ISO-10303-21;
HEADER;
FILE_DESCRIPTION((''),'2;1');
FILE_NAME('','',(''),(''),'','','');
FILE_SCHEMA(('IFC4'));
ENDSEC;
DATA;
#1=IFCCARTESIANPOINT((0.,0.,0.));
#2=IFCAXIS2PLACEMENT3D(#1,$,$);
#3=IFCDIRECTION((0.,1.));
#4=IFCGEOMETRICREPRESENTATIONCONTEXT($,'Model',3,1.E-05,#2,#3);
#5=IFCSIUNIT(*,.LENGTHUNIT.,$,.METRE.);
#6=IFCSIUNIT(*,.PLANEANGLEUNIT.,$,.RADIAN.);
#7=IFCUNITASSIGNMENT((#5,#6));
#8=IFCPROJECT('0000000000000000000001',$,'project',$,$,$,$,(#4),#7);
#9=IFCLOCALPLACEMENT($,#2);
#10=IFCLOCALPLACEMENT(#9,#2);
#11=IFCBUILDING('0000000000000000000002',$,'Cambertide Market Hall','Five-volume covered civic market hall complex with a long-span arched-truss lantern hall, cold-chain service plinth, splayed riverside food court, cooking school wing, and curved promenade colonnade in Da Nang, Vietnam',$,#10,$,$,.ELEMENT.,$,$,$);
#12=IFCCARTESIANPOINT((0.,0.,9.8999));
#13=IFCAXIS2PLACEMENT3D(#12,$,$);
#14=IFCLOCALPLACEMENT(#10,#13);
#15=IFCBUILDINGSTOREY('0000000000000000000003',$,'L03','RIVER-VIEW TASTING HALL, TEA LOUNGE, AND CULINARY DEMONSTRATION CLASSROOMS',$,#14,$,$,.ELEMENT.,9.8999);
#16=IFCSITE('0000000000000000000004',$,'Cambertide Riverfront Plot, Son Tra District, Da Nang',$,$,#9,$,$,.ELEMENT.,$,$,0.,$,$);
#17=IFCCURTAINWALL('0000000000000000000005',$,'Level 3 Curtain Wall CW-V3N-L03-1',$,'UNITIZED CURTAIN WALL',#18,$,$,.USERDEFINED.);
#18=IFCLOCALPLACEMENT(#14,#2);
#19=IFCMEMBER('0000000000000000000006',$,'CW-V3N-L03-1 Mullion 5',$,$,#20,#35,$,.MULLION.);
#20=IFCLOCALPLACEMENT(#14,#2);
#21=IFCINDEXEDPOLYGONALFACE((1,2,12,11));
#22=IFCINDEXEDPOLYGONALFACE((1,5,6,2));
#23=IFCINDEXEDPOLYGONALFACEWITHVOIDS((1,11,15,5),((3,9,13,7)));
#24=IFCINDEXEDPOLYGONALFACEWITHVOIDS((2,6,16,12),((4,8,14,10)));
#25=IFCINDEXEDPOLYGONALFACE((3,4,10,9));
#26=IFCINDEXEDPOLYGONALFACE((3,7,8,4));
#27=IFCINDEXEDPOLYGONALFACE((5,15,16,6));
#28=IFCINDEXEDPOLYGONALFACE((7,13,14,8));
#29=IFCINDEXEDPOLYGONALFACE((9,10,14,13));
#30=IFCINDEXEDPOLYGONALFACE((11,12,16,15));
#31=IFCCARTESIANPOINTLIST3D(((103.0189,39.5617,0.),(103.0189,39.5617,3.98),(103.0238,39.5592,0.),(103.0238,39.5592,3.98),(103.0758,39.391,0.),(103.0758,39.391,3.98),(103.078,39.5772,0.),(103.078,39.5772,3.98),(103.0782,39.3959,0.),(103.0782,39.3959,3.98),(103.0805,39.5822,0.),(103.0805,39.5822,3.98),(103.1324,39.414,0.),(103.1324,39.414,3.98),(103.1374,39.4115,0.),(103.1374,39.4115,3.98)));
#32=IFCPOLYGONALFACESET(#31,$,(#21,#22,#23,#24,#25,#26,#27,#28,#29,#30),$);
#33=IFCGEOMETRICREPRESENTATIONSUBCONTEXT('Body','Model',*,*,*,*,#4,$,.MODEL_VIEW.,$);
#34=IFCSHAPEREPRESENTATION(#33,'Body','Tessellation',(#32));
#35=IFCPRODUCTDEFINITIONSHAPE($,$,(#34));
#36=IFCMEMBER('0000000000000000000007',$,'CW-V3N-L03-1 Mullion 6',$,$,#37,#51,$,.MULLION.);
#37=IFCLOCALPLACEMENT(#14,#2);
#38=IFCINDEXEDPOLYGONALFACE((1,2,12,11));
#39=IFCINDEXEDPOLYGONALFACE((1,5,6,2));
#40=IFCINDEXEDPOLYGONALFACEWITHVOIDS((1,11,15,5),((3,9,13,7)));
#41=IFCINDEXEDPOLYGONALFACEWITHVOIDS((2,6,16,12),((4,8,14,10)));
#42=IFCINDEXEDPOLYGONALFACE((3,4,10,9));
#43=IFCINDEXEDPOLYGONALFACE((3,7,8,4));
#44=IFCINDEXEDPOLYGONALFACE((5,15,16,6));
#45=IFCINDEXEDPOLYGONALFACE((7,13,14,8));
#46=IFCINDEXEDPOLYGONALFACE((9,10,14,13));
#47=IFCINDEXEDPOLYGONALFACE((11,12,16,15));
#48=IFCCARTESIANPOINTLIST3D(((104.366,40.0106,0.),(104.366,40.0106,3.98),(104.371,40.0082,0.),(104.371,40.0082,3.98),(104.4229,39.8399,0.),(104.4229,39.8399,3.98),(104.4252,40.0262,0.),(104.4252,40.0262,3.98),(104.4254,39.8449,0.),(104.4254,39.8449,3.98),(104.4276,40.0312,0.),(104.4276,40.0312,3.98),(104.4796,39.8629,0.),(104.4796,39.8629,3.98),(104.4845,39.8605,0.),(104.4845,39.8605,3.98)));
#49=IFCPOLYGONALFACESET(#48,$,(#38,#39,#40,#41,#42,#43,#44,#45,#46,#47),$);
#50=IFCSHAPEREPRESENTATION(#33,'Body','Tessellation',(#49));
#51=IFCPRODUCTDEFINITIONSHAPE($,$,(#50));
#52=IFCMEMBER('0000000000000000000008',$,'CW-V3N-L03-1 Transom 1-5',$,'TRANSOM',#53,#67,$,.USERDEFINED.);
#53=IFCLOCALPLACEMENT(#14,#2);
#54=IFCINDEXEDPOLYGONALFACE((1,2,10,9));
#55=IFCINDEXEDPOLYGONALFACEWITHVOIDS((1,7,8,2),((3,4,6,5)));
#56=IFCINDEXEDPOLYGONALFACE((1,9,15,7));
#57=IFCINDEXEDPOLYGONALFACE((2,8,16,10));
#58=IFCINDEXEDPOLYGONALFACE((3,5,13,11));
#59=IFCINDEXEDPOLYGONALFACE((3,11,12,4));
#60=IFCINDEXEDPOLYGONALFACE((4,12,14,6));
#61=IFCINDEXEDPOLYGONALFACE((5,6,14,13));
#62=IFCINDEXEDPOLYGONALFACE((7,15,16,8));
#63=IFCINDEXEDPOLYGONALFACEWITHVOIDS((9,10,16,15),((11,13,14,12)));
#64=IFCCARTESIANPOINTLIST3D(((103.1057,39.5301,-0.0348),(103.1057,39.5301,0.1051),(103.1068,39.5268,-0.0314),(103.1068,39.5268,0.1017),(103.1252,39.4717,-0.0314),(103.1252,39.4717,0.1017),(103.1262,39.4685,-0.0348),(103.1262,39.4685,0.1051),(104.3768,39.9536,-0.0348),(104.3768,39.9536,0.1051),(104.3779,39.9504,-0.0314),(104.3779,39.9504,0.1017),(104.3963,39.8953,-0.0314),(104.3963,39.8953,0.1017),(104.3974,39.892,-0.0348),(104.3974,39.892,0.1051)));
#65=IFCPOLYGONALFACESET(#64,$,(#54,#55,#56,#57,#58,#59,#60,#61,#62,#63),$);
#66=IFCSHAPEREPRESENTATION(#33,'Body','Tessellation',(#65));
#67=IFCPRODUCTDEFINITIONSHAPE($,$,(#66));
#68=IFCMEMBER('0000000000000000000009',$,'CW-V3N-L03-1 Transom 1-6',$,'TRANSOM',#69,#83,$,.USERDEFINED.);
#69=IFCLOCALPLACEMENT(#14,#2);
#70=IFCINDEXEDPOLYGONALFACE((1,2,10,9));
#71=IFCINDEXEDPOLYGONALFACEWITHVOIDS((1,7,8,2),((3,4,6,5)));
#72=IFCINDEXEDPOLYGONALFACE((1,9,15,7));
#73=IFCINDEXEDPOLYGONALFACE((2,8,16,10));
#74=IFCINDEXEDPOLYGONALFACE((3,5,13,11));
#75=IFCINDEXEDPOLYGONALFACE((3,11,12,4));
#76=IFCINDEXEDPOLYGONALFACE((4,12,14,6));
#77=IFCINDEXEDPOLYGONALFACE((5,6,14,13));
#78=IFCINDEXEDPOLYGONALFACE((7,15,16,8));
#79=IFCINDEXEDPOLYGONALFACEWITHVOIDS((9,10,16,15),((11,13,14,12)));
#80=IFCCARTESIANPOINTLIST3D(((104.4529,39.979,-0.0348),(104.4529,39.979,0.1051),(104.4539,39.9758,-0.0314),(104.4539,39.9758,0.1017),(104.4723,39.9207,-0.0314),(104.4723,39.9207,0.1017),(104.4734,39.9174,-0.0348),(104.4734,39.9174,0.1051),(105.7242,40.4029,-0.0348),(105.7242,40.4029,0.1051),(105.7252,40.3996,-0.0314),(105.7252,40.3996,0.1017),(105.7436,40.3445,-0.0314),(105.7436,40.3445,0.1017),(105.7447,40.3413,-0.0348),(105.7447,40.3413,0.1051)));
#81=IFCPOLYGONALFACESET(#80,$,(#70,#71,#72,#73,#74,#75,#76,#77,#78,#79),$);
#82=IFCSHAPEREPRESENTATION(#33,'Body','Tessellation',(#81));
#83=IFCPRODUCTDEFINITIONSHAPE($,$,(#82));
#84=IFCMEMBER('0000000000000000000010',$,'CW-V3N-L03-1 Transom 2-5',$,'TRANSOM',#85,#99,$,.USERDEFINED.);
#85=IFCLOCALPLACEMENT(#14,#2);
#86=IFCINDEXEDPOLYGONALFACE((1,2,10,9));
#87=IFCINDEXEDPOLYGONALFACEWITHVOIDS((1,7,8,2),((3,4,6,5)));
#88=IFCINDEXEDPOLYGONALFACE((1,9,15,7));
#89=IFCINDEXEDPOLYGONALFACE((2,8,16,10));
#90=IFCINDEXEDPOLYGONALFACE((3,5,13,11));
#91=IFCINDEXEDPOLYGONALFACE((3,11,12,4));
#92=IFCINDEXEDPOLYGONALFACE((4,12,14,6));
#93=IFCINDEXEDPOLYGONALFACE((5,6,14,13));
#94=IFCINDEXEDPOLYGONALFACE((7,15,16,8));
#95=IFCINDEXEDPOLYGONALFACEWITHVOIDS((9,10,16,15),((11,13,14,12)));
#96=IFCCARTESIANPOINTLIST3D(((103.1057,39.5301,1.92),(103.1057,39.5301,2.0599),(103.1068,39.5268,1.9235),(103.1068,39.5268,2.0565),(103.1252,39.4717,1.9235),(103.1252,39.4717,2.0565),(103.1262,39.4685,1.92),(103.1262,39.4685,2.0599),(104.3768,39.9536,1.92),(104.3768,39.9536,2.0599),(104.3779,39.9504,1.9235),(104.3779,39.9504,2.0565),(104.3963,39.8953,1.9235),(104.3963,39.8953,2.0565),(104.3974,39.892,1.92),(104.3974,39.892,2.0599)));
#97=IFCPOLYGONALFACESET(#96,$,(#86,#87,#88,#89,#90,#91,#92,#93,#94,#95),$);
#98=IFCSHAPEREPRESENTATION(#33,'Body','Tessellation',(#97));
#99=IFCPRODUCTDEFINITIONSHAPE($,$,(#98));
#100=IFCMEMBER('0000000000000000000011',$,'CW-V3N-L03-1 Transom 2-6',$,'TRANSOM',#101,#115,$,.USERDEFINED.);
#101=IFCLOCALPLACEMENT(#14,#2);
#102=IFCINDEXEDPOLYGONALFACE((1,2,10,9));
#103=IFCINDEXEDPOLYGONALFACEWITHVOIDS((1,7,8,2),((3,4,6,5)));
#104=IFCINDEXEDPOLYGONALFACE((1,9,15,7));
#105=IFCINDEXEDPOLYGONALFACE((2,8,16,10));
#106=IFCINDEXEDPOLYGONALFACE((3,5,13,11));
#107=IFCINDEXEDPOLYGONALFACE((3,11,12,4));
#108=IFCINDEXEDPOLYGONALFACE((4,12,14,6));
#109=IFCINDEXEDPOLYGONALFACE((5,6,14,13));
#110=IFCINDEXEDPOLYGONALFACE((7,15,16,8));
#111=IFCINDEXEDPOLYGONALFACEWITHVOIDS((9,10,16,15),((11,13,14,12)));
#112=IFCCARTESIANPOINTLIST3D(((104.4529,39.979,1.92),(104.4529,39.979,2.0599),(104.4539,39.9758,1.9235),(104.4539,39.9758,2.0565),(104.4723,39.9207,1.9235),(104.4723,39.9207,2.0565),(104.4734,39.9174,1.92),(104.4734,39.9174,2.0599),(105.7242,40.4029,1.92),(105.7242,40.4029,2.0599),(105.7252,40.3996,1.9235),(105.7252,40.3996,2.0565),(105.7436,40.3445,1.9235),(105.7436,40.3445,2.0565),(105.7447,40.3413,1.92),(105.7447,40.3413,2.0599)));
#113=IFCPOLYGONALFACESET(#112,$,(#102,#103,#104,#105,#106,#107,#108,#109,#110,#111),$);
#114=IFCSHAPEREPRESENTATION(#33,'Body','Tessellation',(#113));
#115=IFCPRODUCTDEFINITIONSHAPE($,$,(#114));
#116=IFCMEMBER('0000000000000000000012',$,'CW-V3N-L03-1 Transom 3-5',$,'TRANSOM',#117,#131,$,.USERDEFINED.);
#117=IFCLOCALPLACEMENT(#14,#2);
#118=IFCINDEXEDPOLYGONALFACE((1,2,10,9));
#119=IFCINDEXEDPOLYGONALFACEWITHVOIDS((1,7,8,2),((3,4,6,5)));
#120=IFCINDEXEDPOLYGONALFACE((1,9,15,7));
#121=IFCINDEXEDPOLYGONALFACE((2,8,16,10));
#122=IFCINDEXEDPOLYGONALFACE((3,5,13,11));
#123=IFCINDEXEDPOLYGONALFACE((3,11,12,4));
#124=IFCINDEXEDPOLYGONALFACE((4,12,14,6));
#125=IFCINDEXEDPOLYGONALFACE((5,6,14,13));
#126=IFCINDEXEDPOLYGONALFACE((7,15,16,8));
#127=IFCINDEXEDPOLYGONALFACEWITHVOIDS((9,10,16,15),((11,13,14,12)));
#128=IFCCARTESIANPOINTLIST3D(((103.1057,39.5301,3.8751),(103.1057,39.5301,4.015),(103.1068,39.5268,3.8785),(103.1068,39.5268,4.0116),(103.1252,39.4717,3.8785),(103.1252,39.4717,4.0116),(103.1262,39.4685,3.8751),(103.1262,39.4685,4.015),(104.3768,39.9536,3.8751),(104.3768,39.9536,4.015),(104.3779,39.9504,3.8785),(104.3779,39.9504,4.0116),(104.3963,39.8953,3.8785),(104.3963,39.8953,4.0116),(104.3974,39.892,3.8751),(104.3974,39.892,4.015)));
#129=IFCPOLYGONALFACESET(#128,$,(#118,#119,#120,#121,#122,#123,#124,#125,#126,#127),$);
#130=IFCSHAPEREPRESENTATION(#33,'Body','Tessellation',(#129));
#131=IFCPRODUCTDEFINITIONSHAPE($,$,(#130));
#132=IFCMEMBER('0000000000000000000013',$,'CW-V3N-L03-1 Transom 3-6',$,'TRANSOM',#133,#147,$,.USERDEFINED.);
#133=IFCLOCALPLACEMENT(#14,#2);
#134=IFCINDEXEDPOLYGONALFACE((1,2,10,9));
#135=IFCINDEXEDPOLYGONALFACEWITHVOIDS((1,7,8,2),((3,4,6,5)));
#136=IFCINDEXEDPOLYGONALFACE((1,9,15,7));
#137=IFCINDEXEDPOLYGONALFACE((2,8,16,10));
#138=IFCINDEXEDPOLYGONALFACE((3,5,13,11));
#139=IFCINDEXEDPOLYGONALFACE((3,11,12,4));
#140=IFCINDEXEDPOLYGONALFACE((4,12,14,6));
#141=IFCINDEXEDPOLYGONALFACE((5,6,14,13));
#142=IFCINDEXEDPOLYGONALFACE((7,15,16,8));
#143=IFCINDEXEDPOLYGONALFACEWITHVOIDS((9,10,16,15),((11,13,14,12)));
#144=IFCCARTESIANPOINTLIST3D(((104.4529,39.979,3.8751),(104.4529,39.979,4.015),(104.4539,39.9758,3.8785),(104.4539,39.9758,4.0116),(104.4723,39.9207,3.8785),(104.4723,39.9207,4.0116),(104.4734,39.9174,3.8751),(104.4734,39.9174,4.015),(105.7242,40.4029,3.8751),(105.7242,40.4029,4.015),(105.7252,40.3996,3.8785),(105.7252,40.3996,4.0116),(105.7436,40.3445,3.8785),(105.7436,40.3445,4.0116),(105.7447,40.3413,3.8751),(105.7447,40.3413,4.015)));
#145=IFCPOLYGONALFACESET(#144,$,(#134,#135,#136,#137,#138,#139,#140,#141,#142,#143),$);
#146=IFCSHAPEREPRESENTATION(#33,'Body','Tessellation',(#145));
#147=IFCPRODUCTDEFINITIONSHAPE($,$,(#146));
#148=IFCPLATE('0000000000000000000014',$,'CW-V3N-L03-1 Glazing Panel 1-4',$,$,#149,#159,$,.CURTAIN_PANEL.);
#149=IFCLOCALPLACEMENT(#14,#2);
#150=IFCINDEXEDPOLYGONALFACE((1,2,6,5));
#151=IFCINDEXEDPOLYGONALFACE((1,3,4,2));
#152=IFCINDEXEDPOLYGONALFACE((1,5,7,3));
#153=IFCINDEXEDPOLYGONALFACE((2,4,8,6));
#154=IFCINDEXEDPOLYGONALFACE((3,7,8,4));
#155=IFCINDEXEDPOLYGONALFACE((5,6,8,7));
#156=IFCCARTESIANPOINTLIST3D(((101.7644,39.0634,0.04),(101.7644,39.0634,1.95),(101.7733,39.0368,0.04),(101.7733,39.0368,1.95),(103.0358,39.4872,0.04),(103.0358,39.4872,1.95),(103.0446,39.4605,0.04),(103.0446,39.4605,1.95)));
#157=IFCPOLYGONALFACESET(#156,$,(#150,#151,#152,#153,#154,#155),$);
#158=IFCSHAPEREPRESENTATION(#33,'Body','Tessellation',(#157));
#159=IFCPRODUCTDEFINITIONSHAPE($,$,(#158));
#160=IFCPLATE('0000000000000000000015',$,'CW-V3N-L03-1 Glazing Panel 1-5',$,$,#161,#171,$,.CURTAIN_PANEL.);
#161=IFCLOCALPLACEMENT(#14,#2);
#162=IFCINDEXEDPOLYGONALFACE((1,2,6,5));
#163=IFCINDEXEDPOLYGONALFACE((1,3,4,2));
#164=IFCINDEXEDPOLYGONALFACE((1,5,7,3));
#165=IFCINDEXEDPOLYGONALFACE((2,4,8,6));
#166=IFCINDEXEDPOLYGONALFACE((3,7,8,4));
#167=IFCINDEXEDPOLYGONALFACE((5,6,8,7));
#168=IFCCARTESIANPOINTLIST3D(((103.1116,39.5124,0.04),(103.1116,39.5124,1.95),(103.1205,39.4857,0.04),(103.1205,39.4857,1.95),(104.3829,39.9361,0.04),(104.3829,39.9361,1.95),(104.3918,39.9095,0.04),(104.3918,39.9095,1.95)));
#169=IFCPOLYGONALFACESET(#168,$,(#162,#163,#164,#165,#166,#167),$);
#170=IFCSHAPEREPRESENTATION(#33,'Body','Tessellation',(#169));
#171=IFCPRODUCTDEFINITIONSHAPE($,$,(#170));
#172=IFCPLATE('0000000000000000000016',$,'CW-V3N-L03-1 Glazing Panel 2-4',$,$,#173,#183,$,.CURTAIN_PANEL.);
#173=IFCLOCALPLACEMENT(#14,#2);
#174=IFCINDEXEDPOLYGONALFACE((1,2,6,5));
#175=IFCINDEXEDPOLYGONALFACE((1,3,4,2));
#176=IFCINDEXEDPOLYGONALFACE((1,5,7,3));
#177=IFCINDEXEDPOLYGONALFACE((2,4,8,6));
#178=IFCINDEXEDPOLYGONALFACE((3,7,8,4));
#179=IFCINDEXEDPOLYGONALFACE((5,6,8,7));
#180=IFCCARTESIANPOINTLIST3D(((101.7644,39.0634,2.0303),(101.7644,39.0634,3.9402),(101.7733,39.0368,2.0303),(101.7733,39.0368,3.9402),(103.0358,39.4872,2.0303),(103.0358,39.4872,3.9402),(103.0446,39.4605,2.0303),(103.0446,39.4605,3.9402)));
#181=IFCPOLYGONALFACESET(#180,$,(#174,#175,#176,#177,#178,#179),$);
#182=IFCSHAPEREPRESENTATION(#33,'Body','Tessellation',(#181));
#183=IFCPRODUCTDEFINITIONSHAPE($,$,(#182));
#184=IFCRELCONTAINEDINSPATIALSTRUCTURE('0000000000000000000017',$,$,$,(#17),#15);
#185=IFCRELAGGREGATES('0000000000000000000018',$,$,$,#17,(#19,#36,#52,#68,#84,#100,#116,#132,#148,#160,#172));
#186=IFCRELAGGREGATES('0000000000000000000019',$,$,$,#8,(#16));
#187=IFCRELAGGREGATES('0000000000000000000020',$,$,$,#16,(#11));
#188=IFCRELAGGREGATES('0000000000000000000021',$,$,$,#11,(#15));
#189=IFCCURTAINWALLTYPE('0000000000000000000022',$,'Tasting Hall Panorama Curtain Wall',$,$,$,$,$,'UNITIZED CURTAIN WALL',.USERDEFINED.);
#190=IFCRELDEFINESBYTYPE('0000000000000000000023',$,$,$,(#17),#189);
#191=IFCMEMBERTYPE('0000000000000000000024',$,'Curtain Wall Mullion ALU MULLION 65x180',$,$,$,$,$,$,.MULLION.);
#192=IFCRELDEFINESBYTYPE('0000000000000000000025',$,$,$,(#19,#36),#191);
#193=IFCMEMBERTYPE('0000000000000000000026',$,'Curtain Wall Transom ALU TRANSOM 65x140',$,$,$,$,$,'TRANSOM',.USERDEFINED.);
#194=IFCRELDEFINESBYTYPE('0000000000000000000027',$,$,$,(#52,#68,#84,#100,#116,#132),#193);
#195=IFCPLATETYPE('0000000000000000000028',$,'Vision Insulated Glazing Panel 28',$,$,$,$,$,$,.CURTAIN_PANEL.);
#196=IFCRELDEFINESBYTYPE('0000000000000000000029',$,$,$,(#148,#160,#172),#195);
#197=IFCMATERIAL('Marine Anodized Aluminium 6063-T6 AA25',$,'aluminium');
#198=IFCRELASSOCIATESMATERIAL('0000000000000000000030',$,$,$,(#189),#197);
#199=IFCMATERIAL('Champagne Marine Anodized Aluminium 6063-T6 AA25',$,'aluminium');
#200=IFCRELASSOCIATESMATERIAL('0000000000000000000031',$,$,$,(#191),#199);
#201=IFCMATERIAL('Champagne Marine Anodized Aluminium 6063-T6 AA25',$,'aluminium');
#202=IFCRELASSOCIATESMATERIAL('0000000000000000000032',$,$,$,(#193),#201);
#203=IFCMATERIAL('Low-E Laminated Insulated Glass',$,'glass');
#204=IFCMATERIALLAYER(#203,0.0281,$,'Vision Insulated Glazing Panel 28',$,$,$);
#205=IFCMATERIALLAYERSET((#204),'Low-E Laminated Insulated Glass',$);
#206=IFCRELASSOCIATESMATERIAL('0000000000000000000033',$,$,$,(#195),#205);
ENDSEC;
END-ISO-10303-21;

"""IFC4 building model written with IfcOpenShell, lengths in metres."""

from ifc_helpers import new_model, si_unit, direction, frame, origin, origin_2d, place, context, subcontext, project, spatial, rectangle, hollow_rectangle, extrude, material, layer, layer_set, material_profile, profile_set, type_object, element, aggregate, save


model = new_model("IFC4")

# Units and contexts
model_context = context("Model", 3, precision=1e-05, world=origin(), true_north=direction((0.0, 1.0)))
body_context = subcontext(model_context, "Body", "Model", "MODEL_VIEW")
ifc_project = project(units=[si_unit("LENGTHUNIT", "METRE"), si_unit("PLANEANGLEUNIT", "RADIAN")], contexts=[model_context])

# Site, building, storey
site_placement = place(None, origin())
site = spatial("IfcSite", under=ifc_project, at=site_placement, Name="Cambertide Riverfront Plot, Son Tra District, Da Nang", CompositionType="ELEMENT", RefElevation=0.0)
building_placement = place(site_placement, origin())
building = spatial("IfcBuilding", under=site, at=building_placement, Name="Cambertide Market Hall", Description="Five-volume covered civic market hall complex with a long-span arched-truss lantern hall, cold-chain service plinth, splayed riverside food court, cooking school wing, and curved promenade colonnade in Da Nang, Vietnam", CompositionType="ELEMENT")
storey_placement = place(building_placement, frame((0.0, 0.0, 9.8999)))
storey = spatial("IfcBuildingStorey", under=building, at=storey_placement, Name="L03", Description="RIVER-VIEW TASTING HALL, TEA LOUNGE, AND CULINARY DEMONSTRATION CLASSROOMS", CompositionType="ELEMENT", Elevation=9.8999)

# Curtain wall, members, plates
ifc_material_1 = material(Name="Marine Anodized Aluminium 6063-T6 AA25", Category="aluminium")
curtain_wall_type = type_object("IfcCurtainWallType", Name="Tasting Hall Panorama Curtain Wall", ElementType="UNITIZED CURTAIN WALL", PredefinedType="USERDEFINED", material=ifc_material_1)
curtain_wall_placement = place(storey_placement, origin())
curtain_wall = element("IfcCurtainWall", 1, at=curtain_wall_placement, inside=storey, type_object=curtain_wall_type, Name="Level 3 Curtain Wall CW-V3N-L03-1", ObjectType="UNITIZED CURTAIN WALL", PredefinedType="USERDEFINED")
ifc_material_2 = material(Name="Champagne Marine Anodized Aluminium 6063-T6 AA25", Category="aluminium")
ifc_material_profile_1 = material_profile(ifc_material_2, hollow_rectangle(XDim=0.0649, YDim=0.1799, WallThickness=0.0039, at=origin_2d()), Name="ALU MULLION 65x180")
ifc_profile_set_1 = profile_set([ifc_material_profile_1], Name="Champagne Marine Anodized Aluminium 6063-T6 AA25")
member_type_1 = type_object("IfcMemberType", Name="Curtain Wall Mullion ALU MULLION 65x180", PredefinedType="MULLION", material=ifc_profile_set_1)
member_1_placement = place(storey_placement, frame((103.0781, 39.4866, 0.0), z_axis=(0.0, 0.0, 1.0), x_axis=(0.948683, 0.316228, 0.0)))
member_1 = element("IfcMember", 2, at=member_1_placement, type_object=member_type_1, Name="CW-V3N-L03-1 Mullion 5", PredefinedType="MULLION", context=body_context, shape_type="SweptSolid", body=[
    extrude(hollow_rectangle(XDim=0.0649, YDim=0.1799, WallThickness=0.0039, at=origin_2d()), origin(), (0.0, 0.0, 1.0), 3.98),
])
member_2_placement = place(storey_placement, frame((104.4253, 39.9355, 0.0), z_axis=(0.0, 0.0, 1.0), x_axis=(0.948683, 0.316228, 0.0)))
member_2 = element("IfcMember", 3, at=member_2_placement, type_object=member_type_1, Name="CW-V3N-L03-1 Mullion 6", PredefinedType="MULLION", context=body_context, shape_type="SweptSolid", body=[
    extrude(hollow_rectangle(XDim=0.0649, YDim=0.1799, WallThickness=0.0039, at=origin_2d()), origin(), (0.0, 0.0, 1.0), 3.98),
])
ifc_material_3 = material(Name="Champagne Marine Anodized Aluminium 6063-T6 AA25", Category="aluminium")
ifc_material_profile_2 = material_profile(ifc_material_3, hollow_rectangle(XDim=0.0649, YDim=0.1399, WallThickness=0.0034, at=origin_2d()), Name="ALU TRANSOM 65x140")
ifc_profile_set_2 = profile_set([ifc_material_profile_2], Name="Champagne Marine Anodized Aluminium 6063-T6 AA25")
member_type_2 = type_object("IfcMemberType", Name="Curtain Wall Transom ALU TRANSOM 65x140", ElementType="TRANSOM", PredefinedType="USERDEFINED", material=ifc_profile_set_2)
member_3_placement = place(storey_placement, frame((103.116, 39.4993, 0.0352), z_axis=(0.94872, 0.316118, 0.0), x_axis=(-0.316118, 0.94872, 0.0)))
member_3 = element("IfcMember", 4, at=member_3_placement, type_object=member_type_2, Name="CW-V3N-L03-1 Transom 1-5", ObjectType="TRANSOM", PredefinedType="USERDEFINED", context=body_context, shape_type="SweptSolid", body=[
    extrude(hollow_rectangle(XDim=0.0649, YDim=0.1399, WallThickness=0.0034, at=origin_2d()), origin(), (0.0, 0.0, 1.0), 1.3398),
])
member_4_placement = place(storey_placement, frame((104.4631, 39.9482, 0.0352), z_axis=(0.948665, 0.316282, 0.0), x_axis=(-0.316282, 0.948665, 0.0)))
member_4 = element("IfcMember", 5, at=member_4_placement, type_object=member_type_2, Name="CW-V3N-L03-1 Transom 1-6", ObjectType="TRANSOM", PredefinedType="USERDEFINED", context=body_context, shape_type="SweptSolid", body=[
    extrude(hollow_rectangle(XDim=0.0649, YDim=0.1399, WallThickness=0.0034, at=origin_2d()), origin(), (0.0, 0.0, 1.0), 1.3401),
])
member_5_placement = place(storey_placement, frame((103.116, 39.4993, 1.99), z_axis=(0.94872, 0.316118, 0.0), x_axis=(-0.316118, 0.94872, 0.0)))
member_5 = element("IfcMember", 6, at=member_5_placement, type_object=member_type_2, Name="CW-V3N-L03-1 Transom 2-5", ObjectType="TRANSOM", PredefinedType="USERDEFINED", context=body_context, shape_type="SweptSolid", body=[
    extrude(hollow_rectangle(XDim=0.0649, YDim=0.1399, WallThickness=0.0034, at=origin_2d()), origin(), (0.0, 0.0, 1.0), 1.3398),
])
member_6_placement = place(storey_placement, frame((104.4631, 39.9482, 1.99), z_axis=(0.948665, 0.316282, 0.0), x_axis=(-0.316282, 0.948665, 0.0)))
member_6 = element("IfcMember", 7, at=member_6_placement, type_object=member_type_2, Name="CW-V3N-L03-1 Transom 2-6", ObjectType="TRANSOM", PredefinedType="USERDEFINED", context=body_context, shape_type="SweptSolid", body=[
    extrude(hollow_rectangle(XDim=0.0649, YDim=0.1399, WallThickness=0.0034, at=origin_2d()), origin(), (0.0, 0.0, 1.0), 1.3401),
])
member_7_placement = place(storey_placement, frame((103.116, 39.4993, 3.9451), z_axis=(0.94872, 0.316118, 0.0), x_axis=(-0.316118, 0.94872, 0.0)))
member_7 = element("IfcMember", 8, at=member_7_placement, type_object=member_type_2, Name="CW-V3N-L03-1 Transom 3-5", ObjectType="TRANSOM", PredefinedType="USERDEFINED", context=body_context, shape_type="SweptSolid", body=[
    extrude(hollow_rectangle(XDim=0.0649, YDim=0.1399, WallThickness=0.0034, at=origin_2d()), origin(), (0.0, 0.0, 1.0), 1.3398),
])
member_8_placement = place(storey_placement, frame((104.4631, 39.9482, 3.9451), z_axis=(0.948665, 0.316282, 0.0), x_axis=(-0.316282, 0.948665, 0.0)))
member_8 = element("IfcMember", 9, at=member_8_placement, type_object=member_type_2, Name="CW-V3N-L03-1 Transom 3-6", ObjectType="TRANSOM", PredefinedType="USERDEFINED", context=body_context, shape_type="SweptSolid", body=[
    extrude(hollow_rectangle(XDim=0.0649, YDim=0.1399, WallThickness=0.0034, at=origin_2d()), origin(), (0.0, 0.0, 1.0), 1.3401),
])
ifc_material_4 = material(Name="Low-E Laminated Insulated Glass", Category="glass")
ifc_layer_1 = layer(ifc_material_4, 0.0281, Name="Vision Insulated Glazing Panel 28")
ifc_layer_set_1 = layer_set([ifc_layer_1], Name="Low-E Laminated Insulated Glass")
plate_type = type_object("IfcPlateType", Name="Vision Insulated Glazing Panel 28", PredefinedType="CURTAIN_PANEL", material=ifc_layer_set_1)
plate_1_placement = place(storey_placement, frame((102.4045, 39.262, 0.04), z_axis=(0.0, 0.0, 1.0), x_axis=(0.948683, 0.316228, 0.0)))
plate_1 = element("IfcPlate", 10, at=plate_1_placement, type_object=plate_type, Name="CW-V3N-L03-1 Glazing Panel 1-4", PredefinedType="CURTAIN_PANEL", context=body_context, shape_type="SweptSolid", body=[
    extrude(rectangle(XDim=1.3401, YDim=0.0281, at=origin_2d()), origin(), (0.0, 0.0, 1.0), 1.9099),
])
plate_2_placement = place(storey_placement, frame((103.7517, 39.7109, 0.04), z_axis=(0.0, 0.0, 1.0), x_axis=(0.948683, 0.316228, 0.0)))
plate_2 = element("IfcPlate", 11, at=plate_2_placement, type_object=plate_type, Name="CW-V3N-L03-1 Glazing Panel 1-5", PredefinedType="CURTAIN_PANEL", context=body_context, shape_type="SweptSolid", body=[
    extrude(rectangle(XDim=1.3401, YDim=0.0281, at=origin_2d()), origin(), (0.0, 0.0, 1.0), 1.9099),
])
plate_3_placement = place(storey_placement, frame((102.4045, 39.262, 2.0303), z_axis=(0.0, 0.0, 1.0), x_axis=(0.948683, 0.316228, 0.0)))
plate_3 = element("IfcPlate", 12, at=plate_3_placement, type_object=plate_type, Name="CW-V3N-L03-1 Glazing Panel 2-4", PredefinedType="CURTAIN_PANEL", context=body_context, shape_type="SweptSolid", body=[
    extrude(rectangle(XDim=1.3401, YDim=0.0281, at=origin_2d()), origin(), (0.0, 0.0, 1.0), 1.9099),
])
aggregate(curtain_wall, [member_1, member_2, member_3, member_4, member_5, member_6, member_7, member_8, plate_1, plate_2, plate_3])

save(model, "model.ifc")
